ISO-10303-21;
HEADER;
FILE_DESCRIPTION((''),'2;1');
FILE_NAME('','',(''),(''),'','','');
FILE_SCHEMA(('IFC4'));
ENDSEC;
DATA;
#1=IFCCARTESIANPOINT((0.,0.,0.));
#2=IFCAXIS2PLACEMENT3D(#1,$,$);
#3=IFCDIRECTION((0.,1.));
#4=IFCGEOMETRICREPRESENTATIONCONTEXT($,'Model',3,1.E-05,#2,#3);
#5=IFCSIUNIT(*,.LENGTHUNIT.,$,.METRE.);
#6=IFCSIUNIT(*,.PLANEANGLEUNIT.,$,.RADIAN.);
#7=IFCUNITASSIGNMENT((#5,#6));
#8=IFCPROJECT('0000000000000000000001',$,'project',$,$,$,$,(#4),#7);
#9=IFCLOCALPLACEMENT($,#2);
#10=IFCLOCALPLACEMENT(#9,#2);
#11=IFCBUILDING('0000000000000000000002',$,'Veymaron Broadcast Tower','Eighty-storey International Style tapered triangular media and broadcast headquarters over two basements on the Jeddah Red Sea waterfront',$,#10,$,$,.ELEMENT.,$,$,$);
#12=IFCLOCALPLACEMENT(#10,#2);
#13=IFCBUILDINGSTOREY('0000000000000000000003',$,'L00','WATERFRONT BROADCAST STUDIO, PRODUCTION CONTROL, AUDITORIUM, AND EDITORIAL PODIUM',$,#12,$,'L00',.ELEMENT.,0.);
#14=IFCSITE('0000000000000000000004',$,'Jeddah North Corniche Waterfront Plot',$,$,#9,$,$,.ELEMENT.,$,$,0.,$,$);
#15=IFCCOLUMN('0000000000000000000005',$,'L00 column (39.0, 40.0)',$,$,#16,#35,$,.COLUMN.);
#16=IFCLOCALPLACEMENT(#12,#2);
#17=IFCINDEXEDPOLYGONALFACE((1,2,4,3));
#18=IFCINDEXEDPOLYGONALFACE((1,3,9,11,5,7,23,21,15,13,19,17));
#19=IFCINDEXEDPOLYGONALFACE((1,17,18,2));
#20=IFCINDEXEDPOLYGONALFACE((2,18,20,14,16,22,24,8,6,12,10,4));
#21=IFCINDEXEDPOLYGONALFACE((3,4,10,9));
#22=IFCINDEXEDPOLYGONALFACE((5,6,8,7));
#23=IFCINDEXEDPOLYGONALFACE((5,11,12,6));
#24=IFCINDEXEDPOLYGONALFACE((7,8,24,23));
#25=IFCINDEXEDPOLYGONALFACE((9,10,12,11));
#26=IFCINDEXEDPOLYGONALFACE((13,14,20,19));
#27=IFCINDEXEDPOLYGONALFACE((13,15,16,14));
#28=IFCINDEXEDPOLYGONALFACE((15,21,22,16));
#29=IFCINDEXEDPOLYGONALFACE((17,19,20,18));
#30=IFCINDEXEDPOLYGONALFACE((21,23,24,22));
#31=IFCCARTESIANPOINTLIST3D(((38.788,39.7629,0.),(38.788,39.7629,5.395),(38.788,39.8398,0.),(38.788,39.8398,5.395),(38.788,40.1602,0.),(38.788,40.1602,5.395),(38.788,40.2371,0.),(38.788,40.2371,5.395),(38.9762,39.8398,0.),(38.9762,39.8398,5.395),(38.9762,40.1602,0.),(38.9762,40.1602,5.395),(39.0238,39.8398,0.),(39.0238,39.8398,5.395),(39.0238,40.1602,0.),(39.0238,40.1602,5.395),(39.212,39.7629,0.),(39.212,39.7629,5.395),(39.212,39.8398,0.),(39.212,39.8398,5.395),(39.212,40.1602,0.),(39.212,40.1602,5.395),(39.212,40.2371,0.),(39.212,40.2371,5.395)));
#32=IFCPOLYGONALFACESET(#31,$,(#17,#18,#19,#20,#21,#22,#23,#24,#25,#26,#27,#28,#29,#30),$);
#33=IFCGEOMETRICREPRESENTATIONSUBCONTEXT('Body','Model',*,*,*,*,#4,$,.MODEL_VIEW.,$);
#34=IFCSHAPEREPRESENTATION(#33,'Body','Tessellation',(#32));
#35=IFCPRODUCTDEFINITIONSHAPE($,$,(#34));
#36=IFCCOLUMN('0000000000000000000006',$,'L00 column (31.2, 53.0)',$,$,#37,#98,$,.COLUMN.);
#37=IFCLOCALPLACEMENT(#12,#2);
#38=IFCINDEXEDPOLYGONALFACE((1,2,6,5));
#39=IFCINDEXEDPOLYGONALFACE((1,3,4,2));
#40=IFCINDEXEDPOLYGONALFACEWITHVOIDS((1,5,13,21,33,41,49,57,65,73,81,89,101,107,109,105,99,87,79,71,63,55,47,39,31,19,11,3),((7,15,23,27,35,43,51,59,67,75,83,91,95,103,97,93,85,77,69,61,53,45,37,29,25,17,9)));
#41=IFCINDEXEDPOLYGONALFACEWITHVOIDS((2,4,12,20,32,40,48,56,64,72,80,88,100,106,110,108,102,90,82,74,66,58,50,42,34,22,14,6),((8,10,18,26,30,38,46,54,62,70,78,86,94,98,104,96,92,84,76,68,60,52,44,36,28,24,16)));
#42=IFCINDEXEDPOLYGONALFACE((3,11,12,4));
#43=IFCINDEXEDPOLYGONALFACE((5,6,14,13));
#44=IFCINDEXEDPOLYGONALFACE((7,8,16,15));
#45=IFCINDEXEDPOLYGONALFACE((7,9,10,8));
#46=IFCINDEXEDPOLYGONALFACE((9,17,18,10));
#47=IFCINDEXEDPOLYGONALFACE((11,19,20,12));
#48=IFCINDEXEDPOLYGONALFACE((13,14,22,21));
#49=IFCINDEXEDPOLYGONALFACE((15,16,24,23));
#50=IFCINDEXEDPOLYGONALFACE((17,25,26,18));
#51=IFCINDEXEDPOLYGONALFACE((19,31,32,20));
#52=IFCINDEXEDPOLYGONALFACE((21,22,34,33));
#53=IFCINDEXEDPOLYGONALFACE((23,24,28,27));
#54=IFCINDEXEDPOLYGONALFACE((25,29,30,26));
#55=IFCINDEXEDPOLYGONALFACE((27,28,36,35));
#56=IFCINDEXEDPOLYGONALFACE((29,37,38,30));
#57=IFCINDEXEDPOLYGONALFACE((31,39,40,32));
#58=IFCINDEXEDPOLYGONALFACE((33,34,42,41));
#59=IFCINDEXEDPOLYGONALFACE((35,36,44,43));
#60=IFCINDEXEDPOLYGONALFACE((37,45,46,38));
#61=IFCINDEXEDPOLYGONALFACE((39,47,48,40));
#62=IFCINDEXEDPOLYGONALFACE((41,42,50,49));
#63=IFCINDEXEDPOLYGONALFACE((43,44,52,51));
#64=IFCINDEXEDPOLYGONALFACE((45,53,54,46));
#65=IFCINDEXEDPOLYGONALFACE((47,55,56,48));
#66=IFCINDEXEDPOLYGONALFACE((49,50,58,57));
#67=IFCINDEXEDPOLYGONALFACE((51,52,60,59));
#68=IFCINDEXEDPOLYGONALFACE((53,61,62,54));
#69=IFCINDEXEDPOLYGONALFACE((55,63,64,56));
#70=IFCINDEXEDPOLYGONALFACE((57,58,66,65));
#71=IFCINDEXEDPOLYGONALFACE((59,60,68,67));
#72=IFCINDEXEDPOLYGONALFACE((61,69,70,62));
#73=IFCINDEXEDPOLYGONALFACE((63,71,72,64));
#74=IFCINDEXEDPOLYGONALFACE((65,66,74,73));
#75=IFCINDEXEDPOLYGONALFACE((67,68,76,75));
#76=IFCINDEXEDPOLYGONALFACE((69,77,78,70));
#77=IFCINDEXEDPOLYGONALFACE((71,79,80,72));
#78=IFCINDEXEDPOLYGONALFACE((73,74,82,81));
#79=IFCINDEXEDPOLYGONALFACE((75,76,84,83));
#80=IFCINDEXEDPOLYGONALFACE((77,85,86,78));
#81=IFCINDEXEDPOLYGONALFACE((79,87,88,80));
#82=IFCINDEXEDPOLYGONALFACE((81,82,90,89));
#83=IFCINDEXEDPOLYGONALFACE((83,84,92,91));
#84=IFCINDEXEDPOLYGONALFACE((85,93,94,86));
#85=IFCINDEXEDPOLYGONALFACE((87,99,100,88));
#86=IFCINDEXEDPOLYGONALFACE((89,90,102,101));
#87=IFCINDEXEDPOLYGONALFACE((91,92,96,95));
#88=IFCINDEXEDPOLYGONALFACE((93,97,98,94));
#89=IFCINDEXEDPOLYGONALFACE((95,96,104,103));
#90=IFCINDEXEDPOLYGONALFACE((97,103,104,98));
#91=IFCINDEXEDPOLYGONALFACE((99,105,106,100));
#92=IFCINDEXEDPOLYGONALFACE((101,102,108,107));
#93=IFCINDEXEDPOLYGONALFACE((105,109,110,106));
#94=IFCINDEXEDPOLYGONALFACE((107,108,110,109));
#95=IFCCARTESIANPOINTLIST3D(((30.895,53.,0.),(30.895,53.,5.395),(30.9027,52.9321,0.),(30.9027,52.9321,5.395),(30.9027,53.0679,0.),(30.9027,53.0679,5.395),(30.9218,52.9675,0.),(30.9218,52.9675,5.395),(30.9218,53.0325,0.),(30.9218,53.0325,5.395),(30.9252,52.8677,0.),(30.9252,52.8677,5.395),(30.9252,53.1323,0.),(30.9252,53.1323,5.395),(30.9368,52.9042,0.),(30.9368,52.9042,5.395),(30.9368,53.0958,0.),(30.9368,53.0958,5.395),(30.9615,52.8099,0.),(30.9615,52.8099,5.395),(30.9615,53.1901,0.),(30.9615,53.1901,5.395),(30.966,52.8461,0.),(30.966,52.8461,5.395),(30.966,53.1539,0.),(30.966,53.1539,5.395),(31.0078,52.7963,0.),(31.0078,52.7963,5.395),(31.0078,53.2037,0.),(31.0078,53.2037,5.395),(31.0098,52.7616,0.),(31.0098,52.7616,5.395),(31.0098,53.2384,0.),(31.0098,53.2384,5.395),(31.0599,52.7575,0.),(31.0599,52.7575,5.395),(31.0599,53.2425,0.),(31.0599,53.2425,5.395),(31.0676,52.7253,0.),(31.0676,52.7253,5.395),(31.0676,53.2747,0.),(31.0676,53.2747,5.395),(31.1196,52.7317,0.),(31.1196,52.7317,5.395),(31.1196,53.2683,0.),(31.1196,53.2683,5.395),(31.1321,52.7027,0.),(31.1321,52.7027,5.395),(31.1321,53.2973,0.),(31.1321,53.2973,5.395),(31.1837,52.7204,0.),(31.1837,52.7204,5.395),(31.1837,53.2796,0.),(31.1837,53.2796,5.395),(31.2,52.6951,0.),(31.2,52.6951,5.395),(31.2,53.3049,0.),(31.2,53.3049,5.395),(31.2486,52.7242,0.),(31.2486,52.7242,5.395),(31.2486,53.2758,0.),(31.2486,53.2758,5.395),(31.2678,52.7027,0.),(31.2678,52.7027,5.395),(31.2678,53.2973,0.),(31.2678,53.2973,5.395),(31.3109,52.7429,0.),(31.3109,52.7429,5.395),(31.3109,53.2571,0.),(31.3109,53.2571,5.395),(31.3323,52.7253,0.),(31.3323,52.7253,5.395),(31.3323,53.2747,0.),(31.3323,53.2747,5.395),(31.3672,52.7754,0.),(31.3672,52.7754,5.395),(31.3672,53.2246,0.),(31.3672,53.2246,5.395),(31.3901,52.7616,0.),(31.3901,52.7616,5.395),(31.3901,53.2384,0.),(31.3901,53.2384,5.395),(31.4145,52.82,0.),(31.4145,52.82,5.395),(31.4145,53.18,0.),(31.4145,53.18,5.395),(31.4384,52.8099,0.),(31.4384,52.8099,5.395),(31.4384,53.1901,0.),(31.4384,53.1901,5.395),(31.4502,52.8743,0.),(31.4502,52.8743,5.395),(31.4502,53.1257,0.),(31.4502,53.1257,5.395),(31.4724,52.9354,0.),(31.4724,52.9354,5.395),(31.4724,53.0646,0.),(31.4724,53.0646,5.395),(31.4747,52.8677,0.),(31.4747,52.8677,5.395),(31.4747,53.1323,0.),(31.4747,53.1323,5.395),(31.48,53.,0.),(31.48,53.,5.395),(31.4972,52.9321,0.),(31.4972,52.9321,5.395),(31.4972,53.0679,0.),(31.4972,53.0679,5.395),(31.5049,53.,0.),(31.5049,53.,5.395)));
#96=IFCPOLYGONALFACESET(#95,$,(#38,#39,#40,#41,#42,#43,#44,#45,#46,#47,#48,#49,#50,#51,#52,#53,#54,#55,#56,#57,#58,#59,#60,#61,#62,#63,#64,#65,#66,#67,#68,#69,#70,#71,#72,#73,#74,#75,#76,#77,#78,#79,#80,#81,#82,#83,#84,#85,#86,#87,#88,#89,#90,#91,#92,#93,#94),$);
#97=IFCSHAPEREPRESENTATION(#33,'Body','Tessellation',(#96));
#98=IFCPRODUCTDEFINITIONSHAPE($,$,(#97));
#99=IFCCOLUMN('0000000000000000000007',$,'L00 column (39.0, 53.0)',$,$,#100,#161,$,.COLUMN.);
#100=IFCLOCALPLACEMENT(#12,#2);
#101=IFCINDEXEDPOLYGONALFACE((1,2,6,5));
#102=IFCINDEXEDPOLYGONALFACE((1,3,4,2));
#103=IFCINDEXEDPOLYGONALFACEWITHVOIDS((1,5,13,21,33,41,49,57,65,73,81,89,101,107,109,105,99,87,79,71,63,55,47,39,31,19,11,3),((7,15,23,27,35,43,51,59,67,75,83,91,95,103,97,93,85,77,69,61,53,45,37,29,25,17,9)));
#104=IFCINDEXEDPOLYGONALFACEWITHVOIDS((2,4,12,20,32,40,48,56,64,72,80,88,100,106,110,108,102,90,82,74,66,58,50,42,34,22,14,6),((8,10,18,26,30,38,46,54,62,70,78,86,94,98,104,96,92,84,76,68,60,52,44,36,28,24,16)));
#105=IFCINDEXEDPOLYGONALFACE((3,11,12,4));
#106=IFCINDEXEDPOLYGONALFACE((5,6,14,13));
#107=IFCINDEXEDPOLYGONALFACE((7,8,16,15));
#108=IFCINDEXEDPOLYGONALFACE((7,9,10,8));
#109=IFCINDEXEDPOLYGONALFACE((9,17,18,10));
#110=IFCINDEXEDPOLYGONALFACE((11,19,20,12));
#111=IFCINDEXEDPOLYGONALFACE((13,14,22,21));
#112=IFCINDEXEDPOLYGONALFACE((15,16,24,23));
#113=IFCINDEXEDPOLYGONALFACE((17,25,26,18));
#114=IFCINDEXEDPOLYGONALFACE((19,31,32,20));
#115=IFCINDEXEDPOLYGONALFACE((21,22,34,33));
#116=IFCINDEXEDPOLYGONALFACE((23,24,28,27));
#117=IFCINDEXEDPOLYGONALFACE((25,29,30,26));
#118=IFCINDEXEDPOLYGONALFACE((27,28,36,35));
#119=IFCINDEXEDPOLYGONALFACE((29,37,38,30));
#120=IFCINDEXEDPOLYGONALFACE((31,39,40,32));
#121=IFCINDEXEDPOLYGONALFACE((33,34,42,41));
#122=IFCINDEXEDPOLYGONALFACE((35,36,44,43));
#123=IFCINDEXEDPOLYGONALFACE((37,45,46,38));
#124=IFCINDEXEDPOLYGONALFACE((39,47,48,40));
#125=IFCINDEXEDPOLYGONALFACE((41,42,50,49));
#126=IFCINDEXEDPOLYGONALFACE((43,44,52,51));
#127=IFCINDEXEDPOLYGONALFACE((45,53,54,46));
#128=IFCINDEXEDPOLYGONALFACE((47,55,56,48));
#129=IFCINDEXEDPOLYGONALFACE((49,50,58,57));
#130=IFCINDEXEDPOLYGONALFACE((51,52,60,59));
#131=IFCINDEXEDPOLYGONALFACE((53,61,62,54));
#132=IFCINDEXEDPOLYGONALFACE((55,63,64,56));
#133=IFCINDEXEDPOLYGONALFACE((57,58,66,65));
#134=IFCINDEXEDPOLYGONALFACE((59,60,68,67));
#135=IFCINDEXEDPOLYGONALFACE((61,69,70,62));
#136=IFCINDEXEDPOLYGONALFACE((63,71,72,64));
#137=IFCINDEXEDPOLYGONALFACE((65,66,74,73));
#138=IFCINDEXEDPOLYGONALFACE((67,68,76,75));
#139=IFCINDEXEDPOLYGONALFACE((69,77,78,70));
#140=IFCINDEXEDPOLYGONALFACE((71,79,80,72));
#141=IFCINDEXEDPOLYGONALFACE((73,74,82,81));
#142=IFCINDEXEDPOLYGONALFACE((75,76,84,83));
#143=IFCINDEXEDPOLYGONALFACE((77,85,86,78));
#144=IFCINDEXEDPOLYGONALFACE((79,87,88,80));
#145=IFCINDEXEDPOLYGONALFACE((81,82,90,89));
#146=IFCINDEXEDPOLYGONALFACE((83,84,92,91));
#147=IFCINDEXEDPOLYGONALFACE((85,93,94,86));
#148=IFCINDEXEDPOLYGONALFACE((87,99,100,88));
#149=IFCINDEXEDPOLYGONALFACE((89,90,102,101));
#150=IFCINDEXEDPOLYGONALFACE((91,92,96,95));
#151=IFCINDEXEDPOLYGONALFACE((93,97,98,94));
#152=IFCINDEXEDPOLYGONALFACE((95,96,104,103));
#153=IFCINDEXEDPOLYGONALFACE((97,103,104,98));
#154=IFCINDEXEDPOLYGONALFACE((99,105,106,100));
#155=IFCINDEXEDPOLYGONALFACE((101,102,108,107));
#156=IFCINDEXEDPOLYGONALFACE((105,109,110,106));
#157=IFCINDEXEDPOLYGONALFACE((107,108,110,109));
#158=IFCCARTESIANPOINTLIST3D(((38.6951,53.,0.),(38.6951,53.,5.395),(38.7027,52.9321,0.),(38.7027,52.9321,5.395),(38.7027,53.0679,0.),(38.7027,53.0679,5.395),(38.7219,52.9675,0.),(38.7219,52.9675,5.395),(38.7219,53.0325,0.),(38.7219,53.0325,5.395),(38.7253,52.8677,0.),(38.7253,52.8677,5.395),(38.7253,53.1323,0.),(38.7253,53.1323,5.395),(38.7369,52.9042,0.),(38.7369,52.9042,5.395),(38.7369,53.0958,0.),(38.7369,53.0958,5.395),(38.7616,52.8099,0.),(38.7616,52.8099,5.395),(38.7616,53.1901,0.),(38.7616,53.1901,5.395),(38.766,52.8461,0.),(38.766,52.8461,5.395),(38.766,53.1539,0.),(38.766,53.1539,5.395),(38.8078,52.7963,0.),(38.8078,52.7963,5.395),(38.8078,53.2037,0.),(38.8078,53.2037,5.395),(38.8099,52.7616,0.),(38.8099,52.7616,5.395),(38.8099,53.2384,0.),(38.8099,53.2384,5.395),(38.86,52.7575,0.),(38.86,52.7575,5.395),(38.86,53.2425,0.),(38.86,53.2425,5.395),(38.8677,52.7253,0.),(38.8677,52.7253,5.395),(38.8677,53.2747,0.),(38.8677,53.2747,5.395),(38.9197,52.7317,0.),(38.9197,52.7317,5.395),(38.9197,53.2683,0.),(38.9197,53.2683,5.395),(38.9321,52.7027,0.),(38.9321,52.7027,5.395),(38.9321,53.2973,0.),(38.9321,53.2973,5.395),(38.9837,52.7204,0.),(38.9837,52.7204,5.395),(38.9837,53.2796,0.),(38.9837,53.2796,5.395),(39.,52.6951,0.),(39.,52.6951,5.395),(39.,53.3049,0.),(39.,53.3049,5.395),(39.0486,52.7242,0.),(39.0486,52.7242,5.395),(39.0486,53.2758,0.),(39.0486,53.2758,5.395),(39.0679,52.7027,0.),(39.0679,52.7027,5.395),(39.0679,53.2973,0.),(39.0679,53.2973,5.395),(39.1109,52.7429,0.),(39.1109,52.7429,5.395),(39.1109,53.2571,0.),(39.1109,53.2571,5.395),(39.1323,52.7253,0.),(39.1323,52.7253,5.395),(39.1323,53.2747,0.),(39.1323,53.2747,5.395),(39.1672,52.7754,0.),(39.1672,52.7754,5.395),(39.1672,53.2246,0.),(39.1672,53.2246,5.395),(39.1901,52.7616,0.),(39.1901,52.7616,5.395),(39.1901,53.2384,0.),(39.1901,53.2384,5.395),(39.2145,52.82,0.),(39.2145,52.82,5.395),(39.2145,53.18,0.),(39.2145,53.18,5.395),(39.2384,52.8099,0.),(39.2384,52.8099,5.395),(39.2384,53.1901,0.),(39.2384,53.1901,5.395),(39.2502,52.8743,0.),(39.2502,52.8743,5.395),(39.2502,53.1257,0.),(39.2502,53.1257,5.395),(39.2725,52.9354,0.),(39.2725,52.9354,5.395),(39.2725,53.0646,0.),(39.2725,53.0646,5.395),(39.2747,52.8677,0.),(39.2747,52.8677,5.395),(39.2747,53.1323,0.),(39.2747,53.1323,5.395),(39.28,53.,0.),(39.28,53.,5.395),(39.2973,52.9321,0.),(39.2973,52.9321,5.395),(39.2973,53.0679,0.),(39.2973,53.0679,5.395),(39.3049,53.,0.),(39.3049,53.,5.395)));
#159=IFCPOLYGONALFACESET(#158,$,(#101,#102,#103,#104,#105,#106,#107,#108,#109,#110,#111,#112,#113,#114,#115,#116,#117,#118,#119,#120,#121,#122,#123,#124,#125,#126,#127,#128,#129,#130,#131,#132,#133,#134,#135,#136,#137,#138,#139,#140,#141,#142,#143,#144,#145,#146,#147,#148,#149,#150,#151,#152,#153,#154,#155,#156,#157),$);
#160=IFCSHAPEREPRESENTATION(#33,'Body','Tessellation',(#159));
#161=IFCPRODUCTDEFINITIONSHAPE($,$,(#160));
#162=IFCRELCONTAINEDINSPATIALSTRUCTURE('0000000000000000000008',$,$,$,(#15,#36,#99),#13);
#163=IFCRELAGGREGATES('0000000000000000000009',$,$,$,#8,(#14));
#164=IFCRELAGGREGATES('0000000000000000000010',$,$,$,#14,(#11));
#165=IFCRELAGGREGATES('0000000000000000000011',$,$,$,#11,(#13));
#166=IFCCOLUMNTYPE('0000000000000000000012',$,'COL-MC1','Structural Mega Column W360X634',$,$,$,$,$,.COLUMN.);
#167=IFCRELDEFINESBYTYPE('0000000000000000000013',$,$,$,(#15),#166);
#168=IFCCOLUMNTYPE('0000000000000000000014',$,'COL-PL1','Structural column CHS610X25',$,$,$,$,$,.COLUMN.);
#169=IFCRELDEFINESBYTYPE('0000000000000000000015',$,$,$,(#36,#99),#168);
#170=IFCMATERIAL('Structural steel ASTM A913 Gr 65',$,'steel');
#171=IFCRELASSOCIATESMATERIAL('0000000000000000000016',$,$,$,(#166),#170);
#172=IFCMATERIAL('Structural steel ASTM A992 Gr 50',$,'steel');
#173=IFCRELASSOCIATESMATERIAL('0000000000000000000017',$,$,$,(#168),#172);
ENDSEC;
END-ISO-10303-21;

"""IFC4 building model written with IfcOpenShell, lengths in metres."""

from ifc_helpers import new_model, si_unit, direction, frame, origin, origin_2d, place, context, subcontext, project, spatial, hollow_circle, i_section, extrude, material, material_profile, profile_set, type_object, element, save


model = new_model("IFC4")

# Units and contexts
model_context = context("Model", 3, precision=1e-05, world=origin(), true_north=direction((0.0, 1.0)))
body_context = subcontext(model_context, "Body", "Model", "MODEL_VIEW")
ifc_project = project(units=[si_unit("LENGTHUNIT", "METRE"), si_unit("PLANEANGLEUNIT", "RADIAN")], contexts=[model_context])

# Site, building, storey
site_placement = place(None, origin())
site = spatial("IfcSite", under=ifc_project, at=site_placement, Name="Jeddah North Corniche Waterfront Plot", CompositionType="ELEMENT", RefElevation=0.0)
building_placement = place(site_placement, origin())
building = spatial("IfcBuilding", under=site, at=building_placement, Name="Veymaron Broadcast Tower", Description="Eighty-storey International Style tapered triangular media and broadcast headquarters over two basements on the Jeddah Red Sea waterfront", CompositionType="ELEMENT")
storey_placement = place(building_placement, origin())
storey = spatial("IfcBuildingStorey", under=building, at=storey_placement, Name="L00", Description="WATERFRONT BROADCAST STUDIO, PRODUCTION CONTROL, AUDITORIUM, AND EDITORIAL PODIUM", LongName="L00", CompositionType="ELEMENT", Elevation=0.0)

# Columns
ifc_material_1 = material(Name="Structural steel ASTM A913 Gr 65", Category="steel")
ifc_material_profile_1 = material_profile(ifc_material_1, i_section(OverallWidth=0.4241, OverallDepth=0.4741, WebThickness=0.0476, FlangeThickness=0.0769, at=origin_2d()), Name="W360X634")
ifc_profile_set_1 = profile_set([ifc_material_profile_1], Name="Structural steel ASTM A913 Gr 65")
column_type_1 = type_object("IfcColumnType", Name="COL-MC1", Description="Structural Mega Column W360X634", PredefinedType="COLUMN", material=ifc_profile_set_1)
column_placement = place(storey_placement, frame((39.0, 40.0, 0.0), z_axis=(0.0, 0.0, 1.0), x_axis=(1.0, 0.0, 0.0)))
element("IfcColumn", 1, at=column_placement, inside=storey, type_object=column_type_1, Name="L00 column (39.0, 40.0)", PredefinedType="COLUMN", context=body_context, shape_type="SweptSolid", body=[
    extrude(i_section(OverallWidth=0.4241, OverallDepth=0.4741, WebThickness=0.0476, FlangeThickness=0.0769, at=origin_2d()), origin(), (0.0, 0.0, 1.0), 5.395),
])
ifc_material_2 = material(Name="Structural steel ASTM A992 Gr 50", Category="steel")
ifc_material_profile_2 = material_profile(ifc_material_2, hollow_circle(Radius=0.3049, WallThickness=0.0249, at=origin_2d()), Name="CHS610X25")
ifc_profile_set_2 = profile_set([ifc_material_profile_2], Name="Structural steel ASTM A992 Gr 50")
column_type_2 = type_object("IfcColumnType", Name="COL-PL1", Description="Structural column CHS610X25", PredefinedType="COLUMN", material=ifc_profile_set_2)
for number, where, z_axis, x_axis, name in (
    (2, (31.2, 53.0, 0.0), (0.0, 0.0, 1.0), (1.0, 0.0, 0.0), "L00 column (31.2, 53.0)"),
    (3, (39.0, 53.0, 0.0), (0.0, 0.0, 1.0), (1.0, 0.0, 0.0), "L00 column (39.0, 53.0)"),
):
    element("IfcColumn", number, at=place(storey_placement, frame(where, z_axis=z_axis, x_axis=x_axis)), inside=storey, type_object=column_type_2, Name=name, PredefinedType="COLUMN", context=body_context, shape_type="SweptSolid", body=[
        extrude(hollow_circle(Radius=0.3049, WallThickness=0.0249, at=origin_2d()), origin(), (0.0, 0.0, 1.0), 5.395),
    ])

save(model, "model.ifc")
